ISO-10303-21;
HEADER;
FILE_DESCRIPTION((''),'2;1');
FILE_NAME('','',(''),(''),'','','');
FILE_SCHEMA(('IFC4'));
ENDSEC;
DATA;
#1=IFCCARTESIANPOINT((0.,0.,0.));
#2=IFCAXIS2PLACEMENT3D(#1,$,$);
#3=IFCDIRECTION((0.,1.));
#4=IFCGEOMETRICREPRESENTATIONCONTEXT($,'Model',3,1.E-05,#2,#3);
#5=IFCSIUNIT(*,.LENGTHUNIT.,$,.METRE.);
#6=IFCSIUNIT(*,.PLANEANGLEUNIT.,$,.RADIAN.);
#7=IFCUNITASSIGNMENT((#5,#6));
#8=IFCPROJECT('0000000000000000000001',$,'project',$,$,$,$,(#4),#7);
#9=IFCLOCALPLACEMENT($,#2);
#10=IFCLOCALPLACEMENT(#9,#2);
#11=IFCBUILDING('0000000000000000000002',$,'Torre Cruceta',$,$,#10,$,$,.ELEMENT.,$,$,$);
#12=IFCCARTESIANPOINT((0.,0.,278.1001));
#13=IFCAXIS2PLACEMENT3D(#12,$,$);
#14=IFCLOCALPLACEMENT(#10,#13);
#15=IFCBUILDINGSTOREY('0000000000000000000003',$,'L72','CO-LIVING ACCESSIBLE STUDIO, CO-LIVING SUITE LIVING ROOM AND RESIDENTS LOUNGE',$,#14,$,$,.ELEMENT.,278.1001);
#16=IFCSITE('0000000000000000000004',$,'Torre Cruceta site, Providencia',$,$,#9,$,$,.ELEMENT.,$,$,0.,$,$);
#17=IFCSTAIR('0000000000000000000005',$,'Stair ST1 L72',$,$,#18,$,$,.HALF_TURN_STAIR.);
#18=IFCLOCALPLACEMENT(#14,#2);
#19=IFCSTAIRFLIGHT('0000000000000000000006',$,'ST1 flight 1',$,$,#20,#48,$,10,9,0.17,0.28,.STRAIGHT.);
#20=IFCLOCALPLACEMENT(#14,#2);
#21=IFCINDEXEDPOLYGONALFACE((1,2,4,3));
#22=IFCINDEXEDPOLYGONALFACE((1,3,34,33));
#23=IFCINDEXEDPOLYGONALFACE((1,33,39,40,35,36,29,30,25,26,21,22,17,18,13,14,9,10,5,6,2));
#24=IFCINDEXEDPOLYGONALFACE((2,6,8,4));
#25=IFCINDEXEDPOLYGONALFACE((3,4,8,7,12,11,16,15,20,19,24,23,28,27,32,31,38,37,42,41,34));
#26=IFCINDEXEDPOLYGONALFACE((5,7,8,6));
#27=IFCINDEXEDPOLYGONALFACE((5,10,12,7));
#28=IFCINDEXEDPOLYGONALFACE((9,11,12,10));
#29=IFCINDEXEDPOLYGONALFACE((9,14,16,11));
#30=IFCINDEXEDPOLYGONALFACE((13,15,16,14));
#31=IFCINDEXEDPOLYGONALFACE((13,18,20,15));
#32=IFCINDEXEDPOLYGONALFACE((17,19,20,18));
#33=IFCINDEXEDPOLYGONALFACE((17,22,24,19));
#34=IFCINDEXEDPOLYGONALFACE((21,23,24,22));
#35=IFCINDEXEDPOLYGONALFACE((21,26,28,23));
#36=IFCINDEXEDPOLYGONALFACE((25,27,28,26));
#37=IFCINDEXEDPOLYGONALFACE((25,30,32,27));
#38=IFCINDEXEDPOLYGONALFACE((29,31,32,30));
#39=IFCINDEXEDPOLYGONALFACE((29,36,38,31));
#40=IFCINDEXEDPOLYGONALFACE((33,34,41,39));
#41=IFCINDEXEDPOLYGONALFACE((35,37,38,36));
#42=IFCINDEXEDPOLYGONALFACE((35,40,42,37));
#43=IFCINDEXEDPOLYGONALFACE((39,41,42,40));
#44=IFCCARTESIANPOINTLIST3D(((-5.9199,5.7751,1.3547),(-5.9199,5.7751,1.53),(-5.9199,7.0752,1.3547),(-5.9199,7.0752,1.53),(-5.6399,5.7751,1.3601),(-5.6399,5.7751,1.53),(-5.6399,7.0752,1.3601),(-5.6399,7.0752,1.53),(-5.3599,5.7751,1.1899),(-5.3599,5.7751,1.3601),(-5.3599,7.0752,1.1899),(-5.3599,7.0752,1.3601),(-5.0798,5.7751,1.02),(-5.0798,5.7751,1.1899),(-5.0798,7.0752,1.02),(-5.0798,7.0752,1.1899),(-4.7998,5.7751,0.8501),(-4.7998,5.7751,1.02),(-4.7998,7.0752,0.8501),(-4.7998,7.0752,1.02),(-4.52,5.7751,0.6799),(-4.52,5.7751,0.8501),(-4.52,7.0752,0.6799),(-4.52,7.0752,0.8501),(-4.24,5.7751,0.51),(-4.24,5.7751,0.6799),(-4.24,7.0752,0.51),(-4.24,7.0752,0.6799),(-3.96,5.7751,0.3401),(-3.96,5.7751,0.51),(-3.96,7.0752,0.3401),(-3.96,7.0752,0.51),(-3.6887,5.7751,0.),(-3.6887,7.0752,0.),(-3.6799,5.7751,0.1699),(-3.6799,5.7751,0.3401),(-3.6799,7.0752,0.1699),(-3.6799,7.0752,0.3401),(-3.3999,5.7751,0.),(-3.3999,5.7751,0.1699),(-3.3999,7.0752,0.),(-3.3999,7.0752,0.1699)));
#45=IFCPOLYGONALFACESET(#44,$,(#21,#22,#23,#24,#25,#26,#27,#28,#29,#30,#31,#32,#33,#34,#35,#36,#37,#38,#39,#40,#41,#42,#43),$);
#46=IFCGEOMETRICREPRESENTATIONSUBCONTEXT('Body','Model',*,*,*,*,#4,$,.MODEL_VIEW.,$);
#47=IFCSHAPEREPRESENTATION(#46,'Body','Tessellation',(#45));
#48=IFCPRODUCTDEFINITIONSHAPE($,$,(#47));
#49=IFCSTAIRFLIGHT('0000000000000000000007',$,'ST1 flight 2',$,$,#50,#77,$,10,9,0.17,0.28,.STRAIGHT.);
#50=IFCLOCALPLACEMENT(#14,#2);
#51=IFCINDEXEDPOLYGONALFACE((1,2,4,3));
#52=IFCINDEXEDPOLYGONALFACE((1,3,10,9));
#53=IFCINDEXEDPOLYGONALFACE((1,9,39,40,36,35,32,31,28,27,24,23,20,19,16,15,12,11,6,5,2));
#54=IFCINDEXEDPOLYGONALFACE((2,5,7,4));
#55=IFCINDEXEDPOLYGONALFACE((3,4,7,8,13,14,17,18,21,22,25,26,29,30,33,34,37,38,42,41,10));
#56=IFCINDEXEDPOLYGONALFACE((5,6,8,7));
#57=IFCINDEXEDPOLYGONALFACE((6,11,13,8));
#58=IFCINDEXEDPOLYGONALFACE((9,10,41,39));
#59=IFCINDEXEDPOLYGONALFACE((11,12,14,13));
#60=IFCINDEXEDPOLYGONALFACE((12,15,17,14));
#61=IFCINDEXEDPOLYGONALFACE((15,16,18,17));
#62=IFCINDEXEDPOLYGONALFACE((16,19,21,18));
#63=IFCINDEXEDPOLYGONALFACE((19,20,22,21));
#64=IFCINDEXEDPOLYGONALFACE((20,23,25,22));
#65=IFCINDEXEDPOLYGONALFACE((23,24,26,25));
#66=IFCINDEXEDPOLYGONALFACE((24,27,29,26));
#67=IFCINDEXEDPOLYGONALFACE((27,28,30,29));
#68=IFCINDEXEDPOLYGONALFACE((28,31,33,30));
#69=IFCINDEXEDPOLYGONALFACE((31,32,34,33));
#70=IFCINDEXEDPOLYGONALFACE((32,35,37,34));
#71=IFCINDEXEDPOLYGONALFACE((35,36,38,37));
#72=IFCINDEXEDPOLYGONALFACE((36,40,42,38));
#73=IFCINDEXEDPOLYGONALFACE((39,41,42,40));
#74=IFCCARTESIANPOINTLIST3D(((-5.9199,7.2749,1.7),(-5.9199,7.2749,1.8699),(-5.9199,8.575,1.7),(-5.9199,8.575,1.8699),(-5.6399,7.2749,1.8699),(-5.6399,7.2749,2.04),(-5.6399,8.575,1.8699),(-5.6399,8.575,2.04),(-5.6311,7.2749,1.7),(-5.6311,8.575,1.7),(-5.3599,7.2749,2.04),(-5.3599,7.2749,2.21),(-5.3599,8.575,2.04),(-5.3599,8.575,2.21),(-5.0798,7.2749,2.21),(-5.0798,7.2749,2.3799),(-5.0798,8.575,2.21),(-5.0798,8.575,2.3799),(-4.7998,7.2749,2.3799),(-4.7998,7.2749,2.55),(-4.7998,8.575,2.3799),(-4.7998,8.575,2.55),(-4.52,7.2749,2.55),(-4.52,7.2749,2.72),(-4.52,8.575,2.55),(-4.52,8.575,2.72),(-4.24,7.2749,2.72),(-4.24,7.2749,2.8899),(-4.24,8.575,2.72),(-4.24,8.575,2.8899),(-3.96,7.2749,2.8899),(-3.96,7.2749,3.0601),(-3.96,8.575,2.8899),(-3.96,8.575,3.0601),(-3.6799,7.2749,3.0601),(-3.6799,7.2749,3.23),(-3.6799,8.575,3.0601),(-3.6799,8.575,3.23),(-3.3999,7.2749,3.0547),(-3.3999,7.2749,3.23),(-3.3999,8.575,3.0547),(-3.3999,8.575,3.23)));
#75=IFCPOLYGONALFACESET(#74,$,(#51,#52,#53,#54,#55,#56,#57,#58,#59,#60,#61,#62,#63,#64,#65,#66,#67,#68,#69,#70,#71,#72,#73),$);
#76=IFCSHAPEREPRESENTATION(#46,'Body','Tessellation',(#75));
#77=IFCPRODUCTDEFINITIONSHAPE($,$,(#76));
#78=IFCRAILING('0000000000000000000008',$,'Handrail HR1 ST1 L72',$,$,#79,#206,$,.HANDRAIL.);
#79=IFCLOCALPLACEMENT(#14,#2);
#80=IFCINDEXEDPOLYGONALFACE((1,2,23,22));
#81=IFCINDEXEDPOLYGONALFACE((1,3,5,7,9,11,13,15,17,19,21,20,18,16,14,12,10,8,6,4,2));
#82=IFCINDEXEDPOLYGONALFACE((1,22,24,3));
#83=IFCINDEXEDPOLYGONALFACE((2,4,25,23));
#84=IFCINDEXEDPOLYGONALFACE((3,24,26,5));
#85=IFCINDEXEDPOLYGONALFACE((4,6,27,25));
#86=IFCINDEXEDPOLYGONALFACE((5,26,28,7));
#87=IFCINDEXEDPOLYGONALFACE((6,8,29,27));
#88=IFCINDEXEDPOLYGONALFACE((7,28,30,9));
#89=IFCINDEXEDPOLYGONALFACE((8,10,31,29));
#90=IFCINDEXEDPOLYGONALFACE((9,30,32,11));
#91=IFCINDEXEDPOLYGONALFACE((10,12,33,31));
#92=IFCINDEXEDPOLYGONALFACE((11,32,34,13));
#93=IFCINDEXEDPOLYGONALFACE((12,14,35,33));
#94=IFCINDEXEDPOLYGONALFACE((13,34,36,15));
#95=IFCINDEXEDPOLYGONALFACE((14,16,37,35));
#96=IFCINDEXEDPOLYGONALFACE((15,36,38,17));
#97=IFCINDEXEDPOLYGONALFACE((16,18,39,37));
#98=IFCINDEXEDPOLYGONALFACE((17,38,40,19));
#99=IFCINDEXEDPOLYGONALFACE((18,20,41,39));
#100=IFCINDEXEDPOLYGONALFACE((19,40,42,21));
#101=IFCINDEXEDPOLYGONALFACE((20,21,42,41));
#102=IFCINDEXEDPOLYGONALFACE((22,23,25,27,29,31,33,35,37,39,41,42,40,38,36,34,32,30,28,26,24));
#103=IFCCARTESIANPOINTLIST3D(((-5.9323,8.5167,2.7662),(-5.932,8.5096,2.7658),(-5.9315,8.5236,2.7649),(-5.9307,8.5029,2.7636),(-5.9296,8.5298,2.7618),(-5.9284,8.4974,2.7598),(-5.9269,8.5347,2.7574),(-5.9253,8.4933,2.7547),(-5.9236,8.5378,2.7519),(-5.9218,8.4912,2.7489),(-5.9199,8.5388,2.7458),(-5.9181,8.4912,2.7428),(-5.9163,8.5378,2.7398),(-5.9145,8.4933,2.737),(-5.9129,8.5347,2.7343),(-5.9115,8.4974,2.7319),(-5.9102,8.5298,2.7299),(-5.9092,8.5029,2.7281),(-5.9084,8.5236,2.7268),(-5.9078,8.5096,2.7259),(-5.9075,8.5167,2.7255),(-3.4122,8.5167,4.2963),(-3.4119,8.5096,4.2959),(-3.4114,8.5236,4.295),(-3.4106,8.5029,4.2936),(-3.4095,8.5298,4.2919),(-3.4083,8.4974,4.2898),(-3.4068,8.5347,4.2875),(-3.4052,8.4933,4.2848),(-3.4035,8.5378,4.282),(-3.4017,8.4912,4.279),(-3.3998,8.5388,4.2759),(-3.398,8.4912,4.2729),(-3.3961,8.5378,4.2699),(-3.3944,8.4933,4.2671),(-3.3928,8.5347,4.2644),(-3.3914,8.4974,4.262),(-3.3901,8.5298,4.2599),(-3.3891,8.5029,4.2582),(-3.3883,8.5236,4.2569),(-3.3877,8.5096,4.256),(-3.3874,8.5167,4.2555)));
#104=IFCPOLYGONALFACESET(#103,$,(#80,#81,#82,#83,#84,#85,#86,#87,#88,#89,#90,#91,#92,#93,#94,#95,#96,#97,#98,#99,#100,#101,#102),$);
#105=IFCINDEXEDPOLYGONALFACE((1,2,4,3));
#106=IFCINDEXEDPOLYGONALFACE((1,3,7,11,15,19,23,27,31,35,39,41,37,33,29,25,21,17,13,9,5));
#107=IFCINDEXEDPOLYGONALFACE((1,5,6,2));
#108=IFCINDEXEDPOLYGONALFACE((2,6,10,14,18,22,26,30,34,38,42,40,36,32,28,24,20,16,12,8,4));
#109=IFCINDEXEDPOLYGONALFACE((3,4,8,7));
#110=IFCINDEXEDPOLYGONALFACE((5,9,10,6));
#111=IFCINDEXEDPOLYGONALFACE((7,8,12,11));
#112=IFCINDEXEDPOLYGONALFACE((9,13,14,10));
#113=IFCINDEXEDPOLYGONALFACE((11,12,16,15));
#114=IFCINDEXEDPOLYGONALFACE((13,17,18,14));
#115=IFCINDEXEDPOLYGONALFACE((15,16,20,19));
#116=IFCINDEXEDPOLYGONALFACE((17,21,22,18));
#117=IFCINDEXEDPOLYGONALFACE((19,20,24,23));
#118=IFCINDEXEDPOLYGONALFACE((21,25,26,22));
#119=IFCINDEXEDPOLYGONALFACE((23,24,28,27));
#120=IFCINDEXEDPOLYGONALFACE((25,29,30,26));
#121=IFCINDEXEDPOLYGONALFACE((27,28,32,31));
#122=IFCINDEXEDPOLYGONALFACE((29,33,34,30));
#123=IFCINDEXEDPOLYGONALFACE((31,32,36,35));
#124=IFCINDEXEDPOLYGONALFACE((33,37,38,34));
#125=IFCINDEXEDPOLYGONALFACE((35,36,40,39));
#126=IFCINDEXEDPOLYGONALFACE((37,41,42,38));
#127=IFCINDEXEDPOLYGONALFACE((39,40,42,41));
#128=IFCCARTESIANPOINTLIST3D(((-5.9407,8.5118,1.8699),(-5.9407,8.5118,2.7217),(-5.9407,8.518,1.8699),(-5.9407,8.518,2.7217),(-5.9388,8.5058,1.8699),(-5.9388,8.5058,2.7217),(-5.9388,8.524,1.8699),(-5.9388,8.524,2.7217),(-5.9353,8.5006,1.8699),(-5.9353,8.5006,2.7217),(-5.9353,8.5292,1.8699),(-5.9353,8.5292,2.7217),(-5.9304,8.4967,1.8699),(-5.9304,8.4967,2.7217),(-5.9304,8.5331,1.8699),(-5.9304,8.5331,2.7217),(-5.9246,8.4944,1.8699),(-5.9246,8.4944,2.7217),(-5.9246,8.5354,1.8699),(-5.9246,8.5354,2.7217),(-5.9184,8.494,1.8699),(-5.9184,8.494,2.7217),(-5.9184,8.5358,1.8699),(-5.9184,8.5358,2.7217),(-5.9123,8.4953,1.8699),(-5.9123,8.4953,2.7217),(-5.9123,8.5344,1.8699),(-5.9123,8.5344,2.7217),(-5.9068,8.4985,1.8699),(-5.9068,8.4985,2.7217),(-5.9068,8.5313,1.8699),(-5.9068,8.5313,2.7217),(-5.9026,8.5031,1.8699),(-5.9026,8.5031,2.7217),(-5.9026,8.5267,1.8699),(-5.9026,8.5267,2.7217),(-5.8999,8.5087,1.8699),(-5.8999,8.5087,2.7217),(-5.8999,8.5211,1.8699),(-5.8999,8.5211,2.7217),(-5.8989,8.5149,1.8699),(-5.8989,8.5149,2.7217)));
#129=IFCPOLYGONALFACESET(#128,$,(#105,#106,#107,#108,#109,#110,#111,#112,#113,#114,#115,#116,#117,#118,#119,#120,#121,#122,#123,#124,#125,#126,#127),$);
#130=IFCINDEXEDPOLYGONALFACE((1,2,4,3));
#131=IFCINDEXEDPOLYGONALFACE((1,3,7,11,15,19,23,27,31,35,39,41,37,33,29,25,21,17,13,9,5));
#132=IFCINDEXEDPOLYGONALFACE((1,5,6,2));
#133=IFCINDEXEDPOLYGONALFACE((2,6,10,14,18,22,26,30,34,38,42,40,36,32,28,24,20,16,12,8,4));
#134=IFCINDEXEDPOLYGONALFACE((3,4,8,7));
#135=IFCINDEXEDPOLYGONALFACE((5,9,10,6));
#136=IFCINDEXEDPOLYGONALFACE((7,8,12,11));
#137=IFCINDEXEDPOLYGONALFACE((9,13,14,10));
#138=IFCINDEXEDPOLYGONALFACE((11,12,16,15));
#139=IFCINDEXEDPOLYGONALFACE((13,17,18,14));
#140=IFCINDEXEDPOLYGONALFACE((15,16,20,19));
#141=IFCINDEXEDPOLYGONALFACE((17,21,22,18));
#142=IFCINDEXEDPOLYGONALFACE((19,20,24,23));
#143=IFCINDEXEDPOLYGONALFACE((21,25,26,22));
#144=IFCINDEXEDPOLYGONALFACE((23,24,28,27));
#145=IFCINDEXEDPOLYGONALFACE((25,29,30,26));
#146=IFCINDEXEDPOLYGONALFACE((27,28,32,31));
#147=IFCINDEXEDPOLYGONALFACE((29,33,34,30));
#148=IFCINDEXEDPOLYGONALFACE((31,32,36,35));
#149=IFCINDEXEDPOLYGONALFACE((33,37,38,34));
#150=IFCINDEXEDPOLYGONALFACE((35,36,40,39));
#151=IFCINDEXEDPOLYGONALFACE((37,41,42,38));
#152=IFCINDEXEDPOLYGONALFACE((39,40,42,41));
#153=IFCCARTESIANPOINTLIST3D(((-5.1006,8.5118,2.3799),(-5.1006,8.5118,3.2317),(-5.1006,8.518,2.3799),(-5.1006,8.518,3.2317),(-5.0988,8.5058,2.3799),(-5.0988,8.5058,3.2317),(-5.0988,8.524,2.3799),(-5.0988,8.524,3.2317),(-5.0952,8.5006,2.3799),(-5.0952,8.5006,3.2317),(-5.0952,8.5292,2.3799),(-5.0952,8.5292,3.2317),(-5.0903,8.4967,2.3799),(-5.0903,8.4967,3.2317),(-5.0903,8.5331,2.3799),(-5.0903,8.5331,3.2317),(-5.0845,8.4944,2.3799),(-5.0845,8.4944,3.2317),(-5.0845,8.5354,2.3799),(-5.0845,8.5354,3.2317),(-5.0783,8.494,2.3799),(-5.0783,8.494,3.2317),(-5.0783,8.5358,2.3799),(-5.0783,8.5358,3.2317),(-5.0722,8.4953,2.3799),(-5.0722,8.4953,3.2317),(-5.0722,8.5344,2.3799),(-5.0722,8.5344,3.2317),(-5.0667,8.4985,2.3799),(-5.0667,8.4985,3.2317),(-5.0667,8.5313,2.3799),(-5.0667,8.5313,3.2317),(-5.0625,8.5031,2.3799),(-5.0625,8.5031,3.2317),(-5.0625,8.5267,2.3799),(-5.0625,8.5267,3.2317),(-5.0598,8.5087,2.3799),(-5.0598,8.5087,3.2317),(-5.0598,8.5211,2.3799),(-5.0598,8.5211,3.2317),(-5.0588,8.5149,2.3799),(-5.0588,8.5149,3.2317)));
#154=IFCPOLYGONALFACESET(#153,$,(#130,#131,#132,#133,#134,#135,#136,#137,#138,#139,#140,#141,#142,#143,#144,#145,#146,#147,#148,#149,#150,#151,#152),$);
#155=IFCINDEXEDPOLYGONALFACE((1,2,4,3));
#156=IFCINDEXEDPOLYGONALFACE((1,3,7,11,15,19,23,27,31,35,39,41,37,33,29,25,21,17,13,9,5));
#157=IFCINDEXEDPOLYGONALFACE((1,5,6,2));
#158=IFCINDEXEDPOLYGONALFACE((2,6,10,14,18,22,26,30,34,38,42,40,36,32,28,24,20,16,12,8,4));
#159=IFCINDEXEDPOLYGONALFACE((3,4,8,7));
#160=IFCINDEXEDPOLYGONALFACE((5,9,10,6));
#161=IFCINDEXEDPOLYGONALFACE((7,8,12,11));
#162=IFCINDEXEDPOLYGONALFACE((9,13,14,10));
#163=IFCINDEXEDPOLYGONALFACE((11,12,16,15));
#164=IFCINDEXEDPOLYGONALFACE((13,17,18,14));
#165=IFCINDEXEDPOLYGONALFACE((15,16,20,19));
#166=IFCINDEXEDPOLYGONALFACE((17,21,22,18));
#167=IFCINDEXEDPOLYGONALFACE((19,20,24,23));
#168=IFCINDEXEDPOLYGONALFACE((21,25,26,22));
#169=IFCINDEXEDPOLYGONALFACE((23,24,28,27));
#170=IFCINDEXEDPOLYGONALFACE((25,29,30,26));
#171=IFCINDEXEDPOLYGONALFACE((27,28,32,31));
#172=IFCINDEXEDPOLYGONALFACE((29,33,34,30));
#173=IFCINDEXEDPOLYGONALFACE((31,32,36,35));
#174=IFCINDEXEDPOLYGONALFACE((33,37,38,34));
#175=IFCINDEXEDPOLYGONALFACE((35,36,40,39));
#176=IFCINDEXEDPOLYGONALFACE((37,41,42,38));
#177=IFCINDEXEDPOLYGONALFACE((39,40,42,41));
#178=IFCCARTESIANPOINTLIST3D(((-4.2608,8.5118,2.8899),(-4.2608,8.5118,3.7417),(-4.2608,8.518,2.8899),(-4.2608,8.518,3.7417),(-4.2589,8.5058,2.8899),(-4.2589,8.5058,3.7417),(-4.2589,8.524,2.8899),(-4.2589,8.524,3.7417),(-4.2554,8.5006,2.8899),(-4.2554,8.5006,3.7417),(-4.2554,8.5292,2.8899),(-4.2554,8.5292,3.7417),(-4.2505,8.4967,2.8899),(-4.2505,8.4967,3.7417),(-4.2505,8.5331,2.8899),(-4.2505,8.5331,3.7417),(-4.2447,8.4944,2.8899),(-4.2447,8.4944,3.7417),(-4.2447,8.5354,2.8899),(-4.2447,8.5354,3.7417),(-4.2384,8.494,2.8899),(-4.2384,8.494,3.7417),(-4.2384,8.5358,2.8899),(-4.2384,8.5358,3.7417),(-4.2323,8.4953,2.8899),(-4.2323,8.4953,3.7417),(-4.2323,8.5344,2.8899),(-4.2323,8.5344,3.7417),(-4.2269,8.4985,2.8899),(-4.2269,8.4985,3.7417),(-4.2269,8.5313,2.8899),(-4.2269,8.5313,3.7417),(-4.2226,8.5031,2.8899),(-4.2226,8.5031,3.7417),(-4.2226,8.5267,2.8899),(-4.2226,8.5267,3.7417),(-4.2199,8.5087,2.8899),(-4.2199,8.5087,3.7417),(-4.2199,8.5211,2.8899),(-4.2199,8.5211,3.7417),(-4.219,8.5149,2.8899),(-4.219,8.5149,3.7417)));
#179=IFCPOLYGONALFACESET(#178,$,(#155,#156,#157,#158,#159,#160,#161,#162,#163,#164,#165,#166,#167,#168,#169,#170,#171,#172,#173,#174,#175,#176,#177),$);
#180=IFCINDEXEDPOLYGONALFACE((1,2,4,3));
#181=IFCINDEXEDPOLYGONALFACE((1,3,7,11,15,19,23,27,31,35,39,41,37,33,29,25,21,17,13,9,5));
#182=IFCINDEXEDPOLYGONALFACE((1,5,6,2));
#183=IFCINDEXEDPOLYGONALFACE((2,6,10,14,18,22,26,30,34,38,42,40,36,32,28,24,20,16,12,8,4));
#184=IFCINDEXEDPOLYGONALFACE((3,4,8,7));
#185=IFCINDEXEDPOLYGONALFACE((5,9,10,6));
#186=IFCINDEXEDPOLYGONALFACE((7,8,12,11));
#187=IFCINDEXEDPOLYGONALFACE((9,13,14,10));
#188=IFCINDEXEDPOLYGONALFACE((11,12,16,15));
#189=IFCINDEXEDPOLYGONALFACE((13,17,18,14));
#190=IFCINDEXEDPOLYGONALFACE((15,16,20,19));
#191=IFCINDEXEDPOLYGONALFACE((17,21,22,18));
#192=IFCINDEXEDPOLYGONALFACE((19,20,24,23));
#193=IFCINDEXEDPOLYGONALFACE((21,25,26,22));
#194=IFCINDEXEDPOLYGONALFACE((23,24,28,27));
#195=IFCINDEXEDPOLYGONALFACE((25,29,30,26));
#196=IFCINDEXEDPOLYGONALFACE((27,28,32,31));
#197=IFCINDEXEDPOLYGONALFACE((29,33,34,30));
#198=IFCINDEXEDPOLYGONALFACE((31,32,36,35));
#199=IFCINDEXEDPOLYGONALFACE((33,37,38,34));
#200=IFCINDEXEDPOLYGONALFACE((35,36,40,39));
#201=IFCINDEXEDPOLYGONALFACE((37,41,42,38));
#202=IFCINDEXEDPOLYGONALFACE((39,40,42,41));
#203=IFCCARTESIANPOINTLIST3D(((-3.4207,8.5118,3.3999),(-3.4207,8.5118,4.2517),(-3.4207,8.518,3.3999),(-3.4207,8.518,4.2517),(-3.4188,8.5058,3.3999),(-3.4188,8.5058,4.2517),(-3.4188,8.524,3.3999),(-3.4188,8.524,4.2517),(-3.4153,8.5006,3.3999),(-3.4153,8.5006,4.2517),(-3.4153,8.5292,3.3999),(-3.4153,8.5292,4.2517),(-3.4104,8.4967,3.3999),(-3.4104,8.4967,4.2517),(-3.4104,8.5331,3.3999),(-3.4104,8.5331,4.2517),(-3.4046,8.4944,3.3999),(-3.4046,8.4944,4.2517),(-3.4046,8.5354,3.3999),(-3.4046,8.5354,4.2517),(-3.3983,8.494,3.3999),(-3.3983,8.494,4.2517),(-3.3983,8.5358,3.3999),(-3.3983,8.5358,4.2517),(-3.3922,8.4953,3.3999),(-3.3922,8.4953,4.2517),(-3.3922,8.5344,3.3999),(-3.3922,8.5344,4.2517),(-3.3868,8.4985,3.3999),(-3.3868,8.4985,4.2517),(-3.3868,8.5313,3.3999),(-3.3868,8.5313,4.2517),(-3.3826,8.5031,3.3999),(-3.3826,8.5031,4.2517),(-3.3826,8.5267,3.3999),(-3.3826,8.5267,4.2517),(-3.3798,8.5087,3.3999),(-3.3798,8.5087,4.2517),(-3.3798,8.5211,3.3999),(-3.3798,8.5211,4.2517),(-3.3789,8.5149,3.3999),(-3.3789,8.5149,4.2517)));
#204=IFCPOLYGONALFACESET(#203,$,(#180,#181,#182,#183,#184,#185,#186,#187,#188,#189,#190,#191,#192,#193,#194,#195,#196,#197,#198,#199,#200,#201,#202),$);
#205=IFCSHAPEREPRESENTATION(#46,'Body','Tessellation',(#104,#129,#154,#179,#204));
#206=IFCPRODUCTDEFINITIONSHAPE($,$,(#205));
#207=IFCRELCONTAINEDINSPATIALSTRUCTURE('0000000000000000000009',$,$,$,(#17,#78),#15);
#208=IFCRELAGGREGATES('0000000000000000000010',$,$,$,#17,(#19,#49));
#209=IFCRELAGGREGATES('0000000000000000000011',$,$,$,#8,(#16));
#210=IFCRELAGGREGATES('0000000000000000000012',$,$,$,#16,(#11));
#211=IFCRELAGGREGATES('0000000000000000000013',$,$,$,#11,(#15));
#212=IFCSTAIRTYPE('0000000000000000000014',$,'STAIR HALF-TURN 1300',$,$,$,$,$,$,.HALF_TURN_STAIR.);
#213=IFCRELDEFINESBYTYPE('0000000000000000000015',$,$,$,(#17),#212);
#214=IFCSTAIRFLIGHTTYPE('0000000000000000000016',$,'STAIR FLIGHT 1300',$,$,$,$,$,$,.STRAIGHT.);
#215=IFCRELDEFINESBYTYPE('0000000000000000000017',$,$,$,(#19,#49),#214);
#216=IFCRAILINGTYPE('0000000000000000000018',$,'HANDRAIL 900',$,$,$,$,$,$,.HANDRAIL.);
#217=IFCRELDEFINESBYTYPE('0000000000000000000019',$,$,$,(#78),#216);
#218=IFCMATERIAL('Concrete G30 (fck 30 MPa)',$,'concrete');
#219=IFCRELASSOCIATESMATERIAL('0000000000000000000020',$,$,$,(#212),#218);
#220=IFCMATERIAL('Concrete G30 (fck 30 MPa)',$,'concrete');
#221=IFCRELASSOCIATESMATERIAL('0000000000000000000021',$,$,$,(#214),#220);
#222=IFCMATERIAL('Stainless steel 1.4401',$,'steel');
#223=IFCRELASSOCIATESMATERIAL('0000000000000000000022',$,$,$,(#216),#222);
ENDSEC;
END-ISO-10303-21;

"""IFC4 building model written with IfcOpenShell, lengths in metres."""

from ifc_helpers import new_model, si_unit, direction, frame, origin, origin_2d, place, context, subcontext, project, spatial, polyline, circle, outline, extrude, material, type_object, element, aggregate, save


model = new_model("IFC4")

# Units and contexts
model_context = context("Model", 3, precision=1e-05, world=origin(), true_north=direction((0.0, 1.0)))
body_context = subcontext(model_context, "Body", "Model", "MODEL_VIEW")
ifc_project = project(units=[si_unit("LENGTHUNIT", "METRE"), si_unit("PLANEANGLEUNIT", "RADIAN")], contexts=[model_context])

# Site, building, storey
site_placement = place(None, origin())
site = spatial("IfcSite", under=ifc_project, at=site_placement, Name="Torre Cruceta site, Providencia", CompositionType="ELEMENT", RefElevation=0.0)
building_placement = place(site_placement, origin())
building = spatial("IfcBuilding", under=site, at=building_placement, Name="Torre Cruceta", CompositionType="ELEMENT")
storey_placement = place(building_placement, frame((0.0, 0.0, 278.1001)))
storey = spatial("IfcBuildingStorey", under=building, at=storey_placement, Name="L72", Description="CO-LIVING ACCESSIBLE STUDIO, CO-LIVING SUITE LIVING ROOM AND RESIDENTS LOUNGE", CompositionType="ELEMENT", Elevation=278.1001)

# Stair
ifc_material_1 = material(Name="Concrete G30 (fck 30 MPa)", Category="concrete")
stair_type = type_object("IfcStairType", Name="STAIR HALF-TURN 1300", PredefinedType="HALF_TURN_STAIR", material=ifc_material_1)
stair_placement = place(storey_placement, origin())
stair = element("IfcStair", 1, at=stair_placement, inside=storey, type_object=stair_type, Name="Stair ST1 L72", PredefinedType="HALF_TURN_STAIR")

# Stair flights
ifc_material_2 = material(Name="Concrete G30 (fck 30 MPa)", Category="concrete")
stair_flight_type = type_object("IfcStairFlightType", Name="STAIR FLIGHT 1300", PredefinedType="STRAIGHT", material=ifc_material_2)
stair_flight_1_placement = place(storey_placement, frame((-3.3999, 6.425, 0.0), z_axis=(0.0, 0.0, 1.0), x_axis=(-1.0, 0.0, 0.0)))
stair_flight_1 = element("IfcStairFlight", 2, at=stair_flight_1_placement, type_object=stair_flight_type, Name="ST1 flight 1", NumberOfRisers=10, NumberOfTreads=9, PredefinedType="STRAIGHT", RiserHeight=0.17, TreadLength=0.28, context=body_context, shape_type="SweptSolid", body=[
    extrude(outline(polyline([(0.0, 0.0), (0.0, 0.1699), (0.28, 0.1699), (0.28, 0.3401), (0.5601, 0.3401), (0.5601, 0.51), (0.8401, 0.51), (0.8401, 0.6799), (1.1201, 0.6799), (1.1201, 0.8501), (1.3999, 0.8501), (1.3999, 1.02), (1.6799, 1.02), (1.6799, 1.1899), (1.96, 1.1899), (1.96, 1.3601), (2.24, 1.3601), (2.24, 1.53), (2.52, 1.53), (2.52, 1.7), (2.52, 1.3547), (0.2888, 0.0), (0.0, 0.0)])), frame((0.0, 0.6499, 0.0), z_axis=(0.0, -1.0, 0.0), x_axis=(1.0, 0.0, 0.0)), (0.0, 0.0, 1.0), 1.3),
])
stair_flight_2_placement = place(storey_placement, frame((-5.9199, 7.925, 1.7), z_axis=(0.0, 0.0, 1.0), x_axis=(1.0, 0.0, 0.0)))
stair_flight_2 = element("IfcStairFlight", 3, at=stair_flight_2_placement, type_object=stair_flight_type, Name="ST1 flight 2", NumberOfRisers=10, NumberOfTreads=9, PredefinedType="STRAIGHT", RiserHeight=0.17, TreadLength=0.28, context=body_context, shape_type="SweptSolid", body=[
    extrude(outline(polyline([(0.0, 0.0), (0.0, 0.1699), (0.28, 0.1699), (0.28, 0.3401), (0.5601, 0.3401), (0.5601, 0.51), (0.8401, 0.51), (0.8401, 0.6799), (1.1201, 0.6799), (1.1201, 0.8501), (1.3999, 0.8501), (1.3999, 1.02), (1.6799, 1.02), (1.6799, 1.1899), (1.96, 1.1899), (1.96, 1.3601), (2.24, 1.3601), (2.24, 1.53), (2.52, 1.53), (2.52, 1.7), (2.52, 1.3547), (0.2888, 0.0), (0.0, 0.0)])), frame((0.0, 0.6499, 0.0), z_axis=(0.0, -1.0, 0.0), x_axis=(1.0, 0.0, 0.0)), (0.0, 0.0, 1.0), 1.3),
])
aggregate(stair, [stair_flight_1, stair_flight_2])

# Railing
ifc_material_3 = material(Name="Stainless steel 1.4401", Category="steel")
railing_type = type_object("IfcRailingType", Name="HANDRAIL 900", PredefinedType="HANDRAIL", material=ifc_material_3)
railing_1_placement = place(storey_placement, frame((-5.9199, 8.5149, 1.8699)))
element("IfcRailing", 4, at=railing_1_placement, inside=storey, type_object=railing_type, Name="Handrail HR1 ST1 L72", PredefinedType="HANDRAIL", context=body_context, shape_type="SweptSolid", body=[
    extrude(circle(Radius=0.0239, at=origin_2d()), frame((0.0, 0.0, 0.876), z_axis=(0.854785, 0.0, 0.518982), x_axis=(0.0, 1.0, 0.0)), (0.0, 0.0, 1.0), 2.9482),
    extrude(circle(Radius=0.021, at=origin_2d()), origin(), (0.0, 0.0, 1.0), 0.8518),
    extrude(circle(Radius=0.021, at=origin_2d()), frame((0.8401, 0.0, 0.51)), (0.0, 0.0, 1.0), 0.8518),
    extrude(circle(Radius=0.021, at=origin_2d()), frame((1.6799, 0.0, 1.02)), (0.0, 0.0, 1.0), 0.8518),
    extrude(circle(Radius=0.021, at=origin_2d()), frame((2.52, 0.0, 1.53)), (0.0, 0.0, 1.0), 0.8518),
])

save(model, "model.ifc")
